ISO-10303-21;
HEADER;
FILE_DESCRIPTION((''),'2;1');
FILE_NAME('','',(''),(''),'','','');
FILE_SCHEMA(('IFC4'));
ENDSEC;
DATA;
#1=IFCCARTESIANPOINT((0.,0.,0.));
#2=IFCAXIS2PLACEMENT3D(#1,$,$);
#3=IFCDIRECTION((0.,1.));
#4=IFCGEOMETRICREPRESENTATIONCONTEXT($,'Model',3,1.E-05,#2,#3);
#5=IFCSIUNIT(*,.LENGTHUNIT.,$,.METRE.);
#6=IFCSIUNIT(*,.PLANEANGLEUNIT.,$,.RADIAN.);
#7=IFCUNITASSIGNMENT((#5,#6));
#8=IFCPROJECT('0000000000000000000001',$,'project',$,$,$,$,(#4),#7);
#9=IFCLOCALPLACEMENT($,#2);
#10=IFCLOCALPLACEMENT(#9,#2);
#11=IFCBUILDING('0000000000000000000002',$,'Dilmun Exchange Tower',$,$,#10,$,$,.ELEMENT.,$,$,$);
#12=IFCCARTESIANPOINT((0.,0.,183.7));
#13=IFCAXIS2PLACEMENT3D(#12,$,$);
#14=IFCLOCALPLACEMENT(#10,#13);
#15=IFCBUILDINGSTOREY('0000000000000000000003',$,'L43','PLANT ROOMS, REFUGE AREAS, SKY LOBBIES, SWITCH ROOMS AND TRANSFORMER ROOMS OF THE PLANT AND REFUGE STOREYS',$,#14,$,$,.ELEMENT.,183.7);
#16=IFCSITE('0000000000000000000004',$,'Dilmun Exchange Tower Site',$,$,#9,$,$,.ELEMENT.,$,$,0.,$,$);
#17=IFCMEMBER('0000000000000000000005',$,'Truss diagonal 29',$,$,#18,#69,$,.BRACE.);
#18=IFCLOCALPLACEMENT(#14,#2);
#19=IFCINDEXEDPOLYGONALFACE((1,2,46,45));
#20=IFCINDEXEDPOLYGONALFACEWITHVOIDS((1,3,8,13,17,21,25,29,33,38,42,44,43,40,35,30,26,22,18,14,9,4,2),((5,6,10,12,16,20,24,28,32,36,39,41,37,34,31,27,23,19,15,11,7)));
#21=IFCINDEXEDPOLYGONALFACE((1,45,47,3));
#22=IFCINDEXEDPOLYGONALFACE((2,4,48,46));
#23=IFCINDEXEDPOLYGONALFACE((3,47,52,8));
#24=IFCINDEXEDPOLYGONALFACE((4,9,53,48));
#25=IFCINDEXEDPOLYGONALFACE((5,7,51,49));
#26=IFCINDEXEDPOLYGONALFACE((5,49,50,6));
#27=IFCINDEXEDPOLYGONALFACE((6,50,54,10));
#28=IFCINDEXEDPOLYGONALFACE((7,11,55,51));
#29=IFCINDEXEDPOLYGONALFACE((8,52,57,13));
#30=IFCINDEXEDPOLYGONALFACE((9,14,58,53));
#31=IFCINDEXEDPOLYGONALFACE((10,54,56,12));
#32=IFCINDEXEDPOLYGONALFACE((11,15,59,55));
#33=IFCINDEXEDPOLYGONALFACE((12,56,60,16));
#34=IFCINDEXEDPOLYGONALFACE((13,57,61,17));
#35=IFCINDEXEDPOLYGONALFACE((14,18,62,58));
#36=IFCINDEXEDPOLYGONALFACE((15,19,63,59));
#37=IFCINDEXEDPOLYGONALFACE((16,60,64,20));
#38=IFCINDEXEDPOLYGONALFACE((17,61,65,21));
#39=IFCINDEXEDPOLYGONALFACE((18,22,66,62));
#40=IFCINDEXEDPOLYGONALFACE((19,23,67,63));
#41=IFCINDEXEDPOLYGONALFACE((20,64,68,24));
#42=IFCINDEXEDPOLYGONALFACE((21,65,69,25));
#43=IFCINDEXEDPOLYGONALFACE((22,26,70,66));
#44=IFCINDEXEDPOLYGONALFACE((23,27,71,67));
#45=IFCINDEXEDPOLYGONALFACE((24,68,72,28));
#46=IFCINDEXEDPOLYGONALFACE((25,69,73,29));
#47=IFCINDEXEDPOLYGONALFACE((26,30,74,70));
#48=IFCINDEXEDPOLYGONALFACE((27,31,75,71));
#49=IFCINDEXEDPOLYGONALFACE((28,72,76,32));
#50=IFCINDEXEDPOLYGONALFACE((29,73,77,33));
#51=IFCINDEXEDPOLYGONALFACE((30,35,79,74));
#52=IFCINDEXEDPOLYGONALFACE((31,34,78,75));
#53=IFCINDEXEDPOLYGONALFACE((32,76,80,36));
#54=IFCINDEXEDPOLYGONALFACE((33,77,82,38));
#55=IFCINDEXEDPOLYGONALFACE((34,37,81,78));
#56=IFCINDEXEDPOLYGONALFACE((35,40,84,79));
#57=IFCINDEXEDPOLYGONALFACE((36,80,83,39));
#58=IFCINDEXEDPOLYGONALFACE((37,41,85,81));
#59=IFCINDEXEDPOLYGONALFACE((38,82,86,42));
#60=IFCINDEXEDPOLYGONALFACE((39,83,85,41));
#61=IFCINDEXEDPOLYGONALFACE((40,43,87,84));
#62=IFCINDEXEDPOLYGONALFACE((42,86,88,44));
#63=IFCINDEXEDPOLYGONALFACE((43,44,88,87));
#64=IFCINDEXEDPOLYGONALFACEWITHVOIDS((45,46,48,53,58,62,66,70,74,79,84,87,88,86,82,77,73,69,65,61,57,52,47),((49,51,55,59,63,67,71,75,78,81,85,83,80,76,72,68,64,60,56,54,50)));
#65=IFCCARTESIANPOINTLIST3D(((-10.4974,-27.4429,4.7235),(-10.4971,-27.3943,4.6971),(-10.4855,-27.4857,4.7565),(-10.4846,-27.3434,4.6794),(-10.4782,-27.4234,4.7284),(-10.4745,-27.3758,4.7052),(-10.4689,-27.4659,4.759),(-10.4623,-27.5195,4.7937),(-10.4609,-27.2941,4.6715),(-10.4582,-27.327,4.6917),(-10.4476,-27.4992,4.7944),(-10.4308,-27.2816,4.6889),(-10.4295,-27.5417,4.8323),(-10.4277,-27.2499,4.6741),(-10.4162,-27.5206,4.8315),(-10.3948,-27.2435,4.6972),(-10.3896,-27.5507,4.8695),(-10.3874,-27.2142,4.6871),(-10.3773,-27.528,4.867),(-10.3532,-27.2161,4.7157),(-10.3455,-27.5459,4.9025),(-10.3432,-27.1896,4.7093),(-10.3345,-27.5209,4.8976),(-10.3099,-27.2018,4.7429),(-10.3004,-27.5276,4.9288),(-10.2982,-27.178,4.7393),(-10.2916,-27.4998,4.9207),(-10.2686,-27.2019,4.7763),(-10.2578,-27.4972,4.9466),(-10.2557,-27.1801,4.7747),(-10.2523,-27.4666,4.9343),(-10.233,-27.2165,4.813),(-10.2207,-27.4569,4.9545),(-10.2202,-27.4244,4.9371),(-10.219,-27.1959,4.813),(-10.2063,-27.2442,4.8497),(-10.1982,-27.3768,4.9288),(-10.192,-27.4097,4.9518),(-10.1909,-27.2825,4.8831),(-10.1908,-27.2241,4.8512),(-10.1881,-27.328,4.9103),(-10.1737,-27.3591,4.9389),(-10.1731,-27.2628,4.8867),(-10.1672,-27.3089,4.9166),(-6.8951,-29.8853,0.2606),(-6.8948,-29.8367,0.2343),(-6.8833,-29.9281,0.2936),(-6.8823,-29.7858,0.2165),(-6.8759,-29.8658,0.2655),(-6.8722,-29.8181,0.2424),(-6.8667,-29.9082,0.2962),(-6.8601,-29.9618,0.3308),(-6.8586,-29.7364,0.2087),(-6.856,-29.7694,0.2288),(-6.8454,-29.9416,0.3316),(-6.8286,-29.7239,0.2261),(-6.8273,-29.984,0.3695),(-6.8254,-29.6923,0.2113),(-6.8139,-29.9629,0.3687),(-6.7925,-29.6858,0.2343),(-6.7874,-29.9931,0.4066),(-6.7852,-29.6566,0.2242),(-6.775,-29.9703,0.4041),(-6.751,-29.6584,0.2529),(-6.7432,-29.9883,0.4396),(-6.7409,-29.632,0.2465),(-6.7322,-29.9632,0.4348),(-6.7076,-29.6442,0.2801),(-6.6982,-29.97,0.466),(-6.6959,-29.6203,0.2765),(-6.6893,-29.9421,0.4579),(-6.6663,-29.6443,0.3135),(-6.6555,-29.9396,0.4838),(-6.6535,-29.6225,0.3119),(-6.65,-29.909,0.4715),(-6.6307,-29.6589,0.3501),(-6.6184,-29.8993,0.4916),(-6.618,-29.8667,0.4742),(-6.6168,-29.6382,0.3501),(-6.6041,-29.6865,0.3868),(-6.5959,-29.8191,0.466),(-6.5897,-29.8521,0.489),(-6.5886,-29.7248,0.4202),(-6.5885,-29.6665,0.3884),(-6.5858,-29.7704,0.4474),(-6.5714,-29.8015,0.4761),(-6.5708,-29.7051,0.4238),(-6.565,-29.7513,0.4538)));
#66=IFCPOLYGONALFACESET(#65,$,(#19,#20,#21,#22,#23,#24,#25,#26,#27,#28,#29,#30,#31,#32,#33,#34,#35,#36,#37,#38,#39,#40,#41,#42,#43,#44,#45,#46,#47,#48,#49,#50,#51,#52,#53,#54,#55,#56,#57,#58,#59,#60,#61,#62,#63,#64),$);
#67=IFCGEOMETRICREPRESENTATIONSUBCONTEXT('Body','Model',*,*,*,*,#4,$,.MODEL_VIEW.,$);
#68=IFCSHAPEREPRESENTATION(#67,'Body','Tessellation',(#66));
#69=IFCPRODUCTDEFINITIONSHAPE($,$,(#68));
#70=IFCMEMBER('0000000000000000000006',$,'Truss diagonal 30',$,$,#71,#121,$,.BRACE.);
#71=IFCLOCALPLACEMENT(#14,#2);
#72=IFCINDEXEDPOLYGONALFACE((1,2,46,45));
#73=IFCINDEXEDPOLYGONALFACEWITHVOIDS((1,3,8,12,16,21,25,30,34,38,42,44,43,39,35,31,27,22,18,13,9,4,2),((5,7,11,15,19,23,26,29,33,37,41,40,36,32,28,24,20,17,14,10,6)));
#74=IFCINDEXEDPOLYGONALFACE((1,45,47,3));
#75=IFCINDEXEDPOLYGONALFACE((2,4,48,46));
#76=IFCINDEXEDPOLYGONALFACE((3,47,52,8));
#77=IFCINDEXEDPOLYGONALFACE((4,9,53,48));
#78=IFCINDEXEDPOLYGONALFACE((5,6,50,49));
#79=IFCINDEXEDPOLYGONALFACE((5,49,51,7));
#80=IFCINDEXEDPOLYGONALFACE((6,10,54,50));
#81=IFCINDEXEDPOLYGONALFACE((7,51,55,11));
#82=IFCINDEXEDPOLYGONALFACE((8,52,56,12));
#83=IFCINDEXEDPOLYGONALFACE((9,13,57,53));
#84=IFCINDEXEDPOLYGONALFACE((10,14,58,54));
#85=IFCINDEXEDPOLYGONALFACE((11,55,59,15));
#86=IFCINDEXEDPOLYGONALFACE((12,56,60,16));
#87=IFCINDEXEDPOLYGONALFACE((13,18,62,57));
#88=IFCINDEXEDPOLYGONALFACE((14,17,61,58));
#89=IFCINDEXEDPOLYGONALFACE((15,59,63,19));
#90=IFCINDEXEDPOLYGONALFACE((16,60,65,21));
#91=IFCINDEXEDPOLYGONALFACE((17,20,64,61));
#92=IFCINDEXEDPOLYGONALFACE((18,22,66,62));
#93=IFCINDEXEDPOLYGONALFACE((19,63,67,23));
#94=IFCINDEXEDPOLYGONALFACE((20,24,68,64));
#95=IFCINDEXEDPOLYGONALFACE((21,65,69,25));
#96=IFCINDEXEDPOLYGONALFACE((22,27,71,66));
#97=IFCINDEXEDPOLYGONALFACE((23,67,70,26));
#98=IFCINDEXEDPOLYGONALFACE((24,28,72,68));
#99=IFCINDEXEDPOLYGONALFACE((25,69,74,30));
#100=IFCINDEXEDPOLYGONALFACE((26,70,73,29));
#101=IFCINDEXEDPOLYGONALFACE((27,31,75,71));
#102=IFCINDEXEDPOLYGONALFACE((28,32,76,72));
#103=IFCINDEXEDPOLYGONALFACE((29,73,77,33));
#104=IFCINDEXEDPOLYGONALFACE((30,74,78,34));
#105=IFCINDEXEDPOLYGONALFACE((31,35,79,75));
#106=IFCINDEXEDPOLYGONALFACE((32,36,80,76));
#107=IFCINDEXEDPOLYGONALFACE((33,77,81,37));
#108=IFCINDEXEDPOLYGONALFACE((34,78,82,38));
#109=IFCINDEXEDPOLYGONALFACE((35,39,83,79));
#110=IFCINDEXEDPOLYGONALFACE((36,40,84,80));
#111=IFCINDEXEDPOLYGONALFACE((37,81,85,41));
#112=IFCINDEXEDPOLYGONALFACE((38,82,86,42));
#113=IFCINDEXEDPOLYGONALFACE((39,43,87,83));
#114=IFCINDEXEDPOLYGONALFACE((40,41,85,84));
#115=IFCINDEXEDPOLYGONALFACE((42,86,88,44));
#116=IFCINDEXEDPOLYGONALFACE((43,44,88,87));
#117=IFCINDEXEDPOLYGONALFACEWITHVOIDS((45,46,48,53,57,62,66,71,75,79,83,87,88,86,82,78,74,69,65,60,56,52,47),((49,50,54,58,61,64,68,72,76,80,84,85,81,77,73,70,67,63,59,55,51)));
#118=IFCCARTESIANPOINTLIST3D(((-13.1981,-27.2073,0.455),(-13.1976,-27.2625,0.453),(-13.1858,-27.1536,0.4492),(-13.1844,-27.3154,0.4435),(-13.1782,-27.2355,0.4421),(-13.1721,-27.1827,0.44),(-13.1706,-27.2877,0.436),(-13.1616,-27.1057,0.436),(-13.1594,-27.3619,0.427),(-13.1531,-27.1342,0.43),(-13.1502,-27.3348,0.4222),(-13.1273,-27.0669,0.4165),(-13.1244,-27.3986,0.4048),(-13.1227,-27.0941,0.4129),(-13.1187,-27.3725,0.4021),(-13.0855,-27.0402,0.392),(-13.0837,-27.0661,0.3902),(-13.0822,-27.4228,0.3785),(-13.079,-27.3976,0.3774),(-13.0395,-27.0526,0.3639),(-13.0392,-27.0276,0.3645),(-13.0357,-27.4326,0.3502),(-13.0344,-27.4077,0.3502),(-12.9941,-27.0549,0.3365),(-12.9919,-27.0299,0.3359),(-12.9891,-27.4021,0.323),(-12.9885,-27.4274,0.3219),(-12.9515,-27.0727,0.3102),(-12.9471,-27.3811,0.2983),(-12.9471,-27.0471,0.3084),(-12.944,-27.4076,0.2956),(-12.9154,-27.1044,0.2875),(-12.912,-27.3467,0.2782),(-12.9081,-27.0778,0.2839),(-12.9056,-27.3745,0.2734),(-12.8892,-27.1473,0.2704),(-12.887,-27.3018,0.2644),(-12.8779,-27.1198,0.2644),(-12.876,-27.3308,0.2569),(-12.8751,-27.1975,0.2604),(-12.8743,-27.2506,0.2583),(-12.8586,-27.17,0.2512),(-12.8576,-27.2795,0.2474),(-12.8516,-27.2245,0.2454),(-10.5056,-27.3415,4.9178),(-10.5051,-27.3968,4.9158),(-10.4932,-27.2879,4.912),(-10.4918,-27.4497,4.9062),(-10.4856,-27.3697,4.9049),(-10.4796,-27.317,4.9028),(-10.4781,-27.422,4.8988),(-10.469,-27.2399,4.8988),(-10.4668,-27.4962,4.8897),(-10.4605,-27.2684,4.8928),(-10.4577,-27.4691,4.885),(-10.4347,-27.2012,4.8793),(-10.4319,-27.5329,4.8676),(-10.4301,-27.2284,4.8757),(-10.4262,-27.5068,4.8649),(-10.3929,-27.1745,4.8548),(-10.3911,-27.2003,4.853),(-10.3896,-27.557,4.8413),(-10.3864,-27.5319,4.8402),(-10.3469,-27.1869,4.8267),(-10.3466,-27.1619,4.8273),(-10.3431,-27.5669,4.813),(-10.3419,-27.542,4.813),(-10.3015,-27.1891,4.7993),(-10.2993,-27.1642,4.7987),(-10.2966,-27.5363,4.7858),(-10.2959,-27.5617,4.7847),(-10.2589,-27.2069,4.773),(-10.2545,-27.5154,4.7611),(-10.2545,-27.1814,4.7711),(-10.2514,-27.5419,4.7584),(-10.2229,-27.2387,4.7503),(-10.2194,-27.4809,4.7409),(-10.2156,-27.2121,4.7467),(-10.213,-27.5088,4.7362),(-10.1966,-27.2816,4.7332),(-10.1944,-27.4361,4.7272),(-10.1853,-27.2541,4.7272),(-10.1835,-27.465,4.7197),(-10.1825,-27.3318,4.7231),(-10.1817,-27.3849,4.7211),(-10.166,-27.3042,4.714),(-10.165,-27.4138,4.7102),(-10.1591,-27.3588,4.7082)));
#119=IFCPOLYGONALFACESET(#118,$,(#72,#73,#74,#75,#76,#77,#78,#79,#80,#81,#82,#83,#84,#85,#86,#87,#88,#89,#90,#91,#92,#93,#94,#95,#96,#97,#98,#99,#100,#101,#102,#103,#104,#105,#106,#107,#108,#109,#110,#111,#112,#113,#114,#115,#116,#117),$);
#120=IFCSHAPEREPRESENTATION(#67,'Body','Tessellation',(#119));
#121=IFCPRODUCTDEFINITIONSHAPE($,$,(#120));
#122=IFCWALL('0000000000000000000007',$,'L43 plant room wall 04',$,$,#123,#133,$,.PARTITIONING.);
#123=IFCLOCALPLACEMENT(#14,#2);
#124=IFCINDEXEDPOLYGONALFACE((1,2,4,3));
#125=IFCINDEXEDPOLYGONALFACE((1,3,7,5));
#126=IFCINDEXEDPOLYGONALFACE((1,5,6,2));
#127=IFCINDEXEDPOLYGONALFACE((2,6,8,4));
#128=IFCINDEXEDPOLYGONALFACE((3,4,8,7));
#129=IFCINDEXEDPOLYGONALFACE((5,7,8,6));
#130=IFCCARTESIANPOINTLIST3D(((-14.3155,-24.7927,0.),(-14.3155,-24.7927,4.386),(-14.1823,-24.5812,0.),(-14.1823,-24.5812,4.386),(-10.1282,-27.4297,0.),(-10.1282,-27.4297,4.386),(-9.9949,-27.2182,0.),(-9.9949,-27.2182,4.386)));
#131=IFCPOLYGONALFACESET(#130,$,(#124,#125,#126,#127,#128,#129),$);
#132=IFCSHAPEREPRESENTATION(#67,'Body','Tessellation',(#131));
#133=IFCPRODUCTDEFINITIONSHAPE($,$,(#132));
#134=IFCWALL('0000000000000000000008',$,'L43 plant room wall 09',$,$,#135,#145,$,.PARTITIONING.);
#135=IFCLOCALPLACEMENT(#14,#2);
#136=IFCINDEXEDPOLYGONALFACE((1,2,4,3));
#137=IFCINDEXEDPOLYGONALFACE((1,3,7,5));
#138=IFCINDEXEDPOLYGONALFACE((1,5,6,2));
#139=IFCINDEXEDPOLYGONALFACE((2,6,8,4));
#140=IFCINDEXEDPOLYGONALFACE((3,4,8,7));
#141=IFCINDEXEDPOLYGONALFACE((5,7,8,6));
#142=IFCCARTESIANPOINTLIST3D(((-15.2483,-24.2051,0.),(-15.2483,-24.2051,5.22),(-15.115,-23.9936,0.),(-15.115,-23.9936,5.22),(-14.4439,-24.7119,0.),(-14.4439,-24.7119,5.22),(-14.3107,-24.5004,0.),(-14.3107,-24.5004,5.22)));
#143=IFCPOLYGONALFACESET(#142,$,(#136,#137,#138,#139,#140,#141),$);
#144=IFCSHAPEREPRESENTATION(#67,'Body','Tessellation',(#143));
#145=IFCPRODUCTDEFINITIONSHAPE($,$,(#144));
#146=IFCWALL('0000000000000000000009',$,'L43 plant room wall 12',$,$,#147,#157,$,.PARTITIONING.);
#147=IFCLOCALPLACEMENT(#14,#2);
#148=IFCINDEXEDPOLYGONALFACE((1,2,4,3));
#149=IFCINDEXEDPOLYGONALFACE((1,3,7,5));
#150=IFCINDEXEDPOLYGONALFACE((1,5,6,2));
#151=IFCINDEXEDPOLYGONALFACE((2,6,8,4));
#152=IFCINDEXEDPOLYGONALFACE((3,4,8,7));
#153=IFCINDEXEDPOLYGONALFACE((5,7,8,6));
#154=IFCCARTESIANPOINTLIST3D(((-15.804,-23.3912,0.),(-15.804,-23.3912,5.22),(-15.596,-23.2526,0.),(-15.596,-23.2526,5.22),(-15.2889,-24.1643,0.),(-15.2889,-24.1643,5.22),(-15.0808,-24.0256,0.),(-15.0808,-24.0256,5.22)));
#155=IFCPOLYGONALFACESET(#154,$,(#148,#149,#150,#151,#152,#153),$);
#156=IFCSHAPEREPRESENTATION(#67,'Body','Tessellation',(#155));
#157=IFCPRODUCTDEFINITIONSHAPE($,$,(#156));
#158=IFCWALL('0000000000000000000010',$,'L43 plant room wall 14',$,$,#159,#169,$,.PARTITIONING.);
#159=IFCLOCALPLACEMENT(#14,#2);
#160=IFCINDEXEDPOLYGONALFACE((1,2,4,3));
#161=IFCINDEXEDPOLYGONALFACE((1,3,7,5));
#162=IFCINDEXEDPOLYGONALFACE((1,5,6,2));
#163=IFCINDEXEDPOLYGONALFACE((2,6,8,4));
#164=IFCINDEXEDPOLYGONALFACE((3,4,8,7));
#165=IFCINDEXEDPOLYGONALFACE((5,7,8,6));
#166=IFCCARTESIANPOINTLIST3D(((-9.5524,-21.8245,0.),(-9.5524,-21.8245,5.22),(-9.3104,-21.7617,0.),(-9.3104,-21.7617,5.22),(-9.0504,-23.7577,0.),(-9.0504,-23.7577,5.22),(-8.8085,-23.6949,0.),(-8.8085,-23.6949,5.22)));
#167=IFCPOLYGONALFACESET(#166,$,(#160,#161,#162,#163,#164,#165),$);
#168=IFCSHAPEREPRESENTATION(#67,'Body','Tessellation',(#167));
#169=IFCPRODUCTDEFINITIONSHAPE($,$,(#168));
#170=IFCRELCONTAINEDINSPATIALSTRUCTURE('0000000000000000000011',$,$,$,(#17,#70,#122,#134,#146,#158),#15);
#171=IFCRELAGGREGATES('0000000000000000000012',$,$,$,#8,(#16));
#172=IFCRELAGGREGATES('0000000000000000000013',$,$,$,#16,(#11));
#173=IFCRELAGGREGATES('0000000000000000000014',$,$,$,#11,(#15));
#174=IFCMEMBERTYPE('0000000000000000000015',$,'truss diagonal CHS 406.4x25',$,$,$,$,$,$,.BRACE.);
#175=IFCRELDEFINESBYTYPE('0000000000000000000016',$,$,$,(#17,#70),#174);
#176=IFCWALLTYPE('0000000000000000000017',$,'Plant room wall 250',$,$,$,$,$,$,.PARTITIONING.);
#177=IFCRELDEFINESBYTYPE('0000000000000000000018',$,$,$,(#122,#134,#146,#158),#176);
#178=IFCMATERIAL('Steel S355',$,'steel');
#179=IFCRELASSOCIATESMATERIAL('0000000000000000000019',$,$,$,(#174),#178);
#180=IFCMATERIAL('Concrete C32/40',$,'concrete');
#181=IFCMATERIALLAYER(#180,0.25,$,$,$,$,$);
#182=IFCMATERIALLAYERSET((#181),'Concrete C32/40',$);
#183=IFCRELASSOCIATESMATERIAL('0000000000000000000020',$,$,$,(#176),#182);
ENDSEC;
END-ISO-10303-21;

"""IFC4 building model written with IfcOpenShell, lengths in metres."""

from ifc_helpers import new_model, si_unit, direction, frame, frame_2d, origin, origin_2d, place, context, subcontext, project, spatial, rectangle, hollow_circle, extrude, material, layer, layer_set, material_profile, profile_set, type_object, element, save


model = new_model("IFC4")

# Units and contexts
model_context = context("Model", 3, precision=1e-05, world=origin(), true_north=direction((0.0, 1.0)))
body_context = subcontext(model_context, "Body", "Model", "MODEL_VIEW")
ifc_project = project(units=[si_unit("LENGTHUNIT", "METRE"), si_unit("PLANEANGLEUNIT", "RADIAN")], contexts=[model_context])

# Site, building, storey
site_placement = place(None, origin())
site = spatial("IfcSite", under=ifc_project, at=site_placement, Name="Dilmun Exchange Tower Site", CompositionType="ELEMENT", RefElevation=0.0)
building_placement = place(site_placement, origin())
building = spatial("IfcBuilding", under=site, at=building_placement, Name="Dilmun Exchange Tower", CompositionType="ELEMENT")
storey_placement = place(building_placement, frame((0.0, 0.0, 183.7)))
storey = spatial("IfcBuildingStorey", under=building, at=storey_placement, Name="L43", Description="PLANT ROOMS, REFUGE AREAS, SKY LOBBIES, SWITCH ROOMS AND TRANSFORMER ROOMS OF THE PLANT AND REFUGE STOREYS", CompositionType="ELEMENT", Elevation=183.7)

# Shared definitions
ifc_material_1 = material(Name="Steel S355", Category="steel")

# Members
ifc_material_profile_1 = material_profile(ifc_material_1, hollow_circle(Radius=0.2031, WallThickness=0.0249, at=origin_2d()), Name="CHS 406.4x25")
ifc_profile_set_1 = profile_set([ifc_material_profile_1], Name="Steel S355")
member_type = type_object("IfcMemberType", Name="truss diagonal CHS 406.4x25", PredefinedType="BRACE", material=ifc_profile_set_1)
member_1_placement = place(storey_placement, frame((-10.333, -27.364, 4.813), z_axis=(0.577873, -0.391802, -0.715928), x_axis=(0.561182, 0.827693, 0.0)))
element("IfcMember", 1, at=member_1_placement, inside=storey, type_object=member_type, Name="Truss diagonal 29", PredefinedType="BRACE", context=body_context, shape_type="SweptSolid", body=[
    extrude(hollow_circle(Radius=0.2031, WallThickness=0.0249, at=origin_2d()), origin(), (0.0, 0.0, 1.0), 6.2336),
])
member_2_placement = place(storey_placement, frame((-10.333, -27.364, 4.813), z_axis=(-0.516424, 0.025753, -0.855946), x_axis=(-0.049807, -0.998759, 0.0)))
element("IfcMember", 2, at=member_2_placement, inside=storey, type_object=member_type, Name="Truss diagonal 30", PredefinedType="BRACE", context=body_context, shape_type="SweptSolid", body=[
    extrude(hollow_circle(Radius=0.2031, WallThickness=0.0249, at=origin_2d()), origin(), (0.0, 0.0, 1.0), 5.2139),
])

# Walls
ifc_material_2 = material(Name="Concrete C32/40", Category="concrete")
ifc_layer_1 = layer(ifc_material_2, 0.25)
ifc_layer_set_1 = layer_set([ifc_layer_1], Name="Concrete C32/40")
wall_type_1 = type_object("IfcWallType", Name="Plant room wall 250", PredefinedType="PARTITIONING", material=ifc_layer_set_1)
wall_1_placement = place(storey_placement, frame((-14.2488, -24.687, 0.0), z_axis=(0.0, 0.0, 1.0), x_axis=(0.846183, -0.532892, 0.0)))
element("IfcWall", 3, at=wall_1_placement, inside=storey, type_object=wall_type_1, Name="L43 plant room wall 04", PredefinedType="PARTITIONING", context=body_context, shape_type="SweptSolid", body=[
    extrude(rectangle(XDim=4.9485, YDim=0.25, at=frame_2d((2.4741, 0.0))), origin(), (0.0, 0.0, 1.0), 4.386),
])
wall_2_placement = place(storey_placement, frame((-15.1816, -24.0994, 0.0), z_axis=(0.0, 0.0, 1.0), x_axis=(0.846074, -0.533065, 0.0)))
element("IfcWall", 4, at=wall_2_placement, inside=storey, type_object=wall_type_1, Name="L43 plant room wall 09", PredefinedType="PARTITIONING", context=body_context, shape_type="SweptSolid", body=[
    extrude(rectangle(XDim=0.9507, YDim=0.25, at=frame_2d((0.4753, 0.0))), origin(), (0.0, 0.0, 1.0), 5.22),
])
wall_3_placement = place(storey_placement, frame((-15.7, -23.322, 0.0), z_axis=(0.0, 0.0, 1.0), x_axis=(0.554579, -0.832131, 0.0)))
element("IfcWall", 5, at=wall_3_placement, inside=storey, type_object=wall_type_1, Name="L43 plant room wall 12", PredefinedType="PARTITIONING", context=body_context, shape_type="SweptSolid", body=[
    extrude(rectangle(XDim=0.929, YDim=0.25, at=frame_2d((0.4644, 0.0))), origin(), (0.0, 0.0, 1.0), 5.22),
])
wall_4_placement = place(storey_placement, frame((-9.4314, -21.7932, 0.0), z_axis=(0.0, 0.0, 1.0), x_axis=(0.251327, -0.967902, 0.0)))
element("IfcWall", 6, at=wall_4_placement, inside=storey, type_object=wall_type_1, Name="L43 plant room wall 14", PredefinedType="PARTITIONING", context=body_context, shape_type="SweptSolid", body=[
    extrude(rectangle(XDim=1.9973, YDim=0.25, at=frame_2d((0.9985, 0.0))), origin(), (0.0, 0.0, 1.0), 5.22),
])

save(model, "model.ifc")
